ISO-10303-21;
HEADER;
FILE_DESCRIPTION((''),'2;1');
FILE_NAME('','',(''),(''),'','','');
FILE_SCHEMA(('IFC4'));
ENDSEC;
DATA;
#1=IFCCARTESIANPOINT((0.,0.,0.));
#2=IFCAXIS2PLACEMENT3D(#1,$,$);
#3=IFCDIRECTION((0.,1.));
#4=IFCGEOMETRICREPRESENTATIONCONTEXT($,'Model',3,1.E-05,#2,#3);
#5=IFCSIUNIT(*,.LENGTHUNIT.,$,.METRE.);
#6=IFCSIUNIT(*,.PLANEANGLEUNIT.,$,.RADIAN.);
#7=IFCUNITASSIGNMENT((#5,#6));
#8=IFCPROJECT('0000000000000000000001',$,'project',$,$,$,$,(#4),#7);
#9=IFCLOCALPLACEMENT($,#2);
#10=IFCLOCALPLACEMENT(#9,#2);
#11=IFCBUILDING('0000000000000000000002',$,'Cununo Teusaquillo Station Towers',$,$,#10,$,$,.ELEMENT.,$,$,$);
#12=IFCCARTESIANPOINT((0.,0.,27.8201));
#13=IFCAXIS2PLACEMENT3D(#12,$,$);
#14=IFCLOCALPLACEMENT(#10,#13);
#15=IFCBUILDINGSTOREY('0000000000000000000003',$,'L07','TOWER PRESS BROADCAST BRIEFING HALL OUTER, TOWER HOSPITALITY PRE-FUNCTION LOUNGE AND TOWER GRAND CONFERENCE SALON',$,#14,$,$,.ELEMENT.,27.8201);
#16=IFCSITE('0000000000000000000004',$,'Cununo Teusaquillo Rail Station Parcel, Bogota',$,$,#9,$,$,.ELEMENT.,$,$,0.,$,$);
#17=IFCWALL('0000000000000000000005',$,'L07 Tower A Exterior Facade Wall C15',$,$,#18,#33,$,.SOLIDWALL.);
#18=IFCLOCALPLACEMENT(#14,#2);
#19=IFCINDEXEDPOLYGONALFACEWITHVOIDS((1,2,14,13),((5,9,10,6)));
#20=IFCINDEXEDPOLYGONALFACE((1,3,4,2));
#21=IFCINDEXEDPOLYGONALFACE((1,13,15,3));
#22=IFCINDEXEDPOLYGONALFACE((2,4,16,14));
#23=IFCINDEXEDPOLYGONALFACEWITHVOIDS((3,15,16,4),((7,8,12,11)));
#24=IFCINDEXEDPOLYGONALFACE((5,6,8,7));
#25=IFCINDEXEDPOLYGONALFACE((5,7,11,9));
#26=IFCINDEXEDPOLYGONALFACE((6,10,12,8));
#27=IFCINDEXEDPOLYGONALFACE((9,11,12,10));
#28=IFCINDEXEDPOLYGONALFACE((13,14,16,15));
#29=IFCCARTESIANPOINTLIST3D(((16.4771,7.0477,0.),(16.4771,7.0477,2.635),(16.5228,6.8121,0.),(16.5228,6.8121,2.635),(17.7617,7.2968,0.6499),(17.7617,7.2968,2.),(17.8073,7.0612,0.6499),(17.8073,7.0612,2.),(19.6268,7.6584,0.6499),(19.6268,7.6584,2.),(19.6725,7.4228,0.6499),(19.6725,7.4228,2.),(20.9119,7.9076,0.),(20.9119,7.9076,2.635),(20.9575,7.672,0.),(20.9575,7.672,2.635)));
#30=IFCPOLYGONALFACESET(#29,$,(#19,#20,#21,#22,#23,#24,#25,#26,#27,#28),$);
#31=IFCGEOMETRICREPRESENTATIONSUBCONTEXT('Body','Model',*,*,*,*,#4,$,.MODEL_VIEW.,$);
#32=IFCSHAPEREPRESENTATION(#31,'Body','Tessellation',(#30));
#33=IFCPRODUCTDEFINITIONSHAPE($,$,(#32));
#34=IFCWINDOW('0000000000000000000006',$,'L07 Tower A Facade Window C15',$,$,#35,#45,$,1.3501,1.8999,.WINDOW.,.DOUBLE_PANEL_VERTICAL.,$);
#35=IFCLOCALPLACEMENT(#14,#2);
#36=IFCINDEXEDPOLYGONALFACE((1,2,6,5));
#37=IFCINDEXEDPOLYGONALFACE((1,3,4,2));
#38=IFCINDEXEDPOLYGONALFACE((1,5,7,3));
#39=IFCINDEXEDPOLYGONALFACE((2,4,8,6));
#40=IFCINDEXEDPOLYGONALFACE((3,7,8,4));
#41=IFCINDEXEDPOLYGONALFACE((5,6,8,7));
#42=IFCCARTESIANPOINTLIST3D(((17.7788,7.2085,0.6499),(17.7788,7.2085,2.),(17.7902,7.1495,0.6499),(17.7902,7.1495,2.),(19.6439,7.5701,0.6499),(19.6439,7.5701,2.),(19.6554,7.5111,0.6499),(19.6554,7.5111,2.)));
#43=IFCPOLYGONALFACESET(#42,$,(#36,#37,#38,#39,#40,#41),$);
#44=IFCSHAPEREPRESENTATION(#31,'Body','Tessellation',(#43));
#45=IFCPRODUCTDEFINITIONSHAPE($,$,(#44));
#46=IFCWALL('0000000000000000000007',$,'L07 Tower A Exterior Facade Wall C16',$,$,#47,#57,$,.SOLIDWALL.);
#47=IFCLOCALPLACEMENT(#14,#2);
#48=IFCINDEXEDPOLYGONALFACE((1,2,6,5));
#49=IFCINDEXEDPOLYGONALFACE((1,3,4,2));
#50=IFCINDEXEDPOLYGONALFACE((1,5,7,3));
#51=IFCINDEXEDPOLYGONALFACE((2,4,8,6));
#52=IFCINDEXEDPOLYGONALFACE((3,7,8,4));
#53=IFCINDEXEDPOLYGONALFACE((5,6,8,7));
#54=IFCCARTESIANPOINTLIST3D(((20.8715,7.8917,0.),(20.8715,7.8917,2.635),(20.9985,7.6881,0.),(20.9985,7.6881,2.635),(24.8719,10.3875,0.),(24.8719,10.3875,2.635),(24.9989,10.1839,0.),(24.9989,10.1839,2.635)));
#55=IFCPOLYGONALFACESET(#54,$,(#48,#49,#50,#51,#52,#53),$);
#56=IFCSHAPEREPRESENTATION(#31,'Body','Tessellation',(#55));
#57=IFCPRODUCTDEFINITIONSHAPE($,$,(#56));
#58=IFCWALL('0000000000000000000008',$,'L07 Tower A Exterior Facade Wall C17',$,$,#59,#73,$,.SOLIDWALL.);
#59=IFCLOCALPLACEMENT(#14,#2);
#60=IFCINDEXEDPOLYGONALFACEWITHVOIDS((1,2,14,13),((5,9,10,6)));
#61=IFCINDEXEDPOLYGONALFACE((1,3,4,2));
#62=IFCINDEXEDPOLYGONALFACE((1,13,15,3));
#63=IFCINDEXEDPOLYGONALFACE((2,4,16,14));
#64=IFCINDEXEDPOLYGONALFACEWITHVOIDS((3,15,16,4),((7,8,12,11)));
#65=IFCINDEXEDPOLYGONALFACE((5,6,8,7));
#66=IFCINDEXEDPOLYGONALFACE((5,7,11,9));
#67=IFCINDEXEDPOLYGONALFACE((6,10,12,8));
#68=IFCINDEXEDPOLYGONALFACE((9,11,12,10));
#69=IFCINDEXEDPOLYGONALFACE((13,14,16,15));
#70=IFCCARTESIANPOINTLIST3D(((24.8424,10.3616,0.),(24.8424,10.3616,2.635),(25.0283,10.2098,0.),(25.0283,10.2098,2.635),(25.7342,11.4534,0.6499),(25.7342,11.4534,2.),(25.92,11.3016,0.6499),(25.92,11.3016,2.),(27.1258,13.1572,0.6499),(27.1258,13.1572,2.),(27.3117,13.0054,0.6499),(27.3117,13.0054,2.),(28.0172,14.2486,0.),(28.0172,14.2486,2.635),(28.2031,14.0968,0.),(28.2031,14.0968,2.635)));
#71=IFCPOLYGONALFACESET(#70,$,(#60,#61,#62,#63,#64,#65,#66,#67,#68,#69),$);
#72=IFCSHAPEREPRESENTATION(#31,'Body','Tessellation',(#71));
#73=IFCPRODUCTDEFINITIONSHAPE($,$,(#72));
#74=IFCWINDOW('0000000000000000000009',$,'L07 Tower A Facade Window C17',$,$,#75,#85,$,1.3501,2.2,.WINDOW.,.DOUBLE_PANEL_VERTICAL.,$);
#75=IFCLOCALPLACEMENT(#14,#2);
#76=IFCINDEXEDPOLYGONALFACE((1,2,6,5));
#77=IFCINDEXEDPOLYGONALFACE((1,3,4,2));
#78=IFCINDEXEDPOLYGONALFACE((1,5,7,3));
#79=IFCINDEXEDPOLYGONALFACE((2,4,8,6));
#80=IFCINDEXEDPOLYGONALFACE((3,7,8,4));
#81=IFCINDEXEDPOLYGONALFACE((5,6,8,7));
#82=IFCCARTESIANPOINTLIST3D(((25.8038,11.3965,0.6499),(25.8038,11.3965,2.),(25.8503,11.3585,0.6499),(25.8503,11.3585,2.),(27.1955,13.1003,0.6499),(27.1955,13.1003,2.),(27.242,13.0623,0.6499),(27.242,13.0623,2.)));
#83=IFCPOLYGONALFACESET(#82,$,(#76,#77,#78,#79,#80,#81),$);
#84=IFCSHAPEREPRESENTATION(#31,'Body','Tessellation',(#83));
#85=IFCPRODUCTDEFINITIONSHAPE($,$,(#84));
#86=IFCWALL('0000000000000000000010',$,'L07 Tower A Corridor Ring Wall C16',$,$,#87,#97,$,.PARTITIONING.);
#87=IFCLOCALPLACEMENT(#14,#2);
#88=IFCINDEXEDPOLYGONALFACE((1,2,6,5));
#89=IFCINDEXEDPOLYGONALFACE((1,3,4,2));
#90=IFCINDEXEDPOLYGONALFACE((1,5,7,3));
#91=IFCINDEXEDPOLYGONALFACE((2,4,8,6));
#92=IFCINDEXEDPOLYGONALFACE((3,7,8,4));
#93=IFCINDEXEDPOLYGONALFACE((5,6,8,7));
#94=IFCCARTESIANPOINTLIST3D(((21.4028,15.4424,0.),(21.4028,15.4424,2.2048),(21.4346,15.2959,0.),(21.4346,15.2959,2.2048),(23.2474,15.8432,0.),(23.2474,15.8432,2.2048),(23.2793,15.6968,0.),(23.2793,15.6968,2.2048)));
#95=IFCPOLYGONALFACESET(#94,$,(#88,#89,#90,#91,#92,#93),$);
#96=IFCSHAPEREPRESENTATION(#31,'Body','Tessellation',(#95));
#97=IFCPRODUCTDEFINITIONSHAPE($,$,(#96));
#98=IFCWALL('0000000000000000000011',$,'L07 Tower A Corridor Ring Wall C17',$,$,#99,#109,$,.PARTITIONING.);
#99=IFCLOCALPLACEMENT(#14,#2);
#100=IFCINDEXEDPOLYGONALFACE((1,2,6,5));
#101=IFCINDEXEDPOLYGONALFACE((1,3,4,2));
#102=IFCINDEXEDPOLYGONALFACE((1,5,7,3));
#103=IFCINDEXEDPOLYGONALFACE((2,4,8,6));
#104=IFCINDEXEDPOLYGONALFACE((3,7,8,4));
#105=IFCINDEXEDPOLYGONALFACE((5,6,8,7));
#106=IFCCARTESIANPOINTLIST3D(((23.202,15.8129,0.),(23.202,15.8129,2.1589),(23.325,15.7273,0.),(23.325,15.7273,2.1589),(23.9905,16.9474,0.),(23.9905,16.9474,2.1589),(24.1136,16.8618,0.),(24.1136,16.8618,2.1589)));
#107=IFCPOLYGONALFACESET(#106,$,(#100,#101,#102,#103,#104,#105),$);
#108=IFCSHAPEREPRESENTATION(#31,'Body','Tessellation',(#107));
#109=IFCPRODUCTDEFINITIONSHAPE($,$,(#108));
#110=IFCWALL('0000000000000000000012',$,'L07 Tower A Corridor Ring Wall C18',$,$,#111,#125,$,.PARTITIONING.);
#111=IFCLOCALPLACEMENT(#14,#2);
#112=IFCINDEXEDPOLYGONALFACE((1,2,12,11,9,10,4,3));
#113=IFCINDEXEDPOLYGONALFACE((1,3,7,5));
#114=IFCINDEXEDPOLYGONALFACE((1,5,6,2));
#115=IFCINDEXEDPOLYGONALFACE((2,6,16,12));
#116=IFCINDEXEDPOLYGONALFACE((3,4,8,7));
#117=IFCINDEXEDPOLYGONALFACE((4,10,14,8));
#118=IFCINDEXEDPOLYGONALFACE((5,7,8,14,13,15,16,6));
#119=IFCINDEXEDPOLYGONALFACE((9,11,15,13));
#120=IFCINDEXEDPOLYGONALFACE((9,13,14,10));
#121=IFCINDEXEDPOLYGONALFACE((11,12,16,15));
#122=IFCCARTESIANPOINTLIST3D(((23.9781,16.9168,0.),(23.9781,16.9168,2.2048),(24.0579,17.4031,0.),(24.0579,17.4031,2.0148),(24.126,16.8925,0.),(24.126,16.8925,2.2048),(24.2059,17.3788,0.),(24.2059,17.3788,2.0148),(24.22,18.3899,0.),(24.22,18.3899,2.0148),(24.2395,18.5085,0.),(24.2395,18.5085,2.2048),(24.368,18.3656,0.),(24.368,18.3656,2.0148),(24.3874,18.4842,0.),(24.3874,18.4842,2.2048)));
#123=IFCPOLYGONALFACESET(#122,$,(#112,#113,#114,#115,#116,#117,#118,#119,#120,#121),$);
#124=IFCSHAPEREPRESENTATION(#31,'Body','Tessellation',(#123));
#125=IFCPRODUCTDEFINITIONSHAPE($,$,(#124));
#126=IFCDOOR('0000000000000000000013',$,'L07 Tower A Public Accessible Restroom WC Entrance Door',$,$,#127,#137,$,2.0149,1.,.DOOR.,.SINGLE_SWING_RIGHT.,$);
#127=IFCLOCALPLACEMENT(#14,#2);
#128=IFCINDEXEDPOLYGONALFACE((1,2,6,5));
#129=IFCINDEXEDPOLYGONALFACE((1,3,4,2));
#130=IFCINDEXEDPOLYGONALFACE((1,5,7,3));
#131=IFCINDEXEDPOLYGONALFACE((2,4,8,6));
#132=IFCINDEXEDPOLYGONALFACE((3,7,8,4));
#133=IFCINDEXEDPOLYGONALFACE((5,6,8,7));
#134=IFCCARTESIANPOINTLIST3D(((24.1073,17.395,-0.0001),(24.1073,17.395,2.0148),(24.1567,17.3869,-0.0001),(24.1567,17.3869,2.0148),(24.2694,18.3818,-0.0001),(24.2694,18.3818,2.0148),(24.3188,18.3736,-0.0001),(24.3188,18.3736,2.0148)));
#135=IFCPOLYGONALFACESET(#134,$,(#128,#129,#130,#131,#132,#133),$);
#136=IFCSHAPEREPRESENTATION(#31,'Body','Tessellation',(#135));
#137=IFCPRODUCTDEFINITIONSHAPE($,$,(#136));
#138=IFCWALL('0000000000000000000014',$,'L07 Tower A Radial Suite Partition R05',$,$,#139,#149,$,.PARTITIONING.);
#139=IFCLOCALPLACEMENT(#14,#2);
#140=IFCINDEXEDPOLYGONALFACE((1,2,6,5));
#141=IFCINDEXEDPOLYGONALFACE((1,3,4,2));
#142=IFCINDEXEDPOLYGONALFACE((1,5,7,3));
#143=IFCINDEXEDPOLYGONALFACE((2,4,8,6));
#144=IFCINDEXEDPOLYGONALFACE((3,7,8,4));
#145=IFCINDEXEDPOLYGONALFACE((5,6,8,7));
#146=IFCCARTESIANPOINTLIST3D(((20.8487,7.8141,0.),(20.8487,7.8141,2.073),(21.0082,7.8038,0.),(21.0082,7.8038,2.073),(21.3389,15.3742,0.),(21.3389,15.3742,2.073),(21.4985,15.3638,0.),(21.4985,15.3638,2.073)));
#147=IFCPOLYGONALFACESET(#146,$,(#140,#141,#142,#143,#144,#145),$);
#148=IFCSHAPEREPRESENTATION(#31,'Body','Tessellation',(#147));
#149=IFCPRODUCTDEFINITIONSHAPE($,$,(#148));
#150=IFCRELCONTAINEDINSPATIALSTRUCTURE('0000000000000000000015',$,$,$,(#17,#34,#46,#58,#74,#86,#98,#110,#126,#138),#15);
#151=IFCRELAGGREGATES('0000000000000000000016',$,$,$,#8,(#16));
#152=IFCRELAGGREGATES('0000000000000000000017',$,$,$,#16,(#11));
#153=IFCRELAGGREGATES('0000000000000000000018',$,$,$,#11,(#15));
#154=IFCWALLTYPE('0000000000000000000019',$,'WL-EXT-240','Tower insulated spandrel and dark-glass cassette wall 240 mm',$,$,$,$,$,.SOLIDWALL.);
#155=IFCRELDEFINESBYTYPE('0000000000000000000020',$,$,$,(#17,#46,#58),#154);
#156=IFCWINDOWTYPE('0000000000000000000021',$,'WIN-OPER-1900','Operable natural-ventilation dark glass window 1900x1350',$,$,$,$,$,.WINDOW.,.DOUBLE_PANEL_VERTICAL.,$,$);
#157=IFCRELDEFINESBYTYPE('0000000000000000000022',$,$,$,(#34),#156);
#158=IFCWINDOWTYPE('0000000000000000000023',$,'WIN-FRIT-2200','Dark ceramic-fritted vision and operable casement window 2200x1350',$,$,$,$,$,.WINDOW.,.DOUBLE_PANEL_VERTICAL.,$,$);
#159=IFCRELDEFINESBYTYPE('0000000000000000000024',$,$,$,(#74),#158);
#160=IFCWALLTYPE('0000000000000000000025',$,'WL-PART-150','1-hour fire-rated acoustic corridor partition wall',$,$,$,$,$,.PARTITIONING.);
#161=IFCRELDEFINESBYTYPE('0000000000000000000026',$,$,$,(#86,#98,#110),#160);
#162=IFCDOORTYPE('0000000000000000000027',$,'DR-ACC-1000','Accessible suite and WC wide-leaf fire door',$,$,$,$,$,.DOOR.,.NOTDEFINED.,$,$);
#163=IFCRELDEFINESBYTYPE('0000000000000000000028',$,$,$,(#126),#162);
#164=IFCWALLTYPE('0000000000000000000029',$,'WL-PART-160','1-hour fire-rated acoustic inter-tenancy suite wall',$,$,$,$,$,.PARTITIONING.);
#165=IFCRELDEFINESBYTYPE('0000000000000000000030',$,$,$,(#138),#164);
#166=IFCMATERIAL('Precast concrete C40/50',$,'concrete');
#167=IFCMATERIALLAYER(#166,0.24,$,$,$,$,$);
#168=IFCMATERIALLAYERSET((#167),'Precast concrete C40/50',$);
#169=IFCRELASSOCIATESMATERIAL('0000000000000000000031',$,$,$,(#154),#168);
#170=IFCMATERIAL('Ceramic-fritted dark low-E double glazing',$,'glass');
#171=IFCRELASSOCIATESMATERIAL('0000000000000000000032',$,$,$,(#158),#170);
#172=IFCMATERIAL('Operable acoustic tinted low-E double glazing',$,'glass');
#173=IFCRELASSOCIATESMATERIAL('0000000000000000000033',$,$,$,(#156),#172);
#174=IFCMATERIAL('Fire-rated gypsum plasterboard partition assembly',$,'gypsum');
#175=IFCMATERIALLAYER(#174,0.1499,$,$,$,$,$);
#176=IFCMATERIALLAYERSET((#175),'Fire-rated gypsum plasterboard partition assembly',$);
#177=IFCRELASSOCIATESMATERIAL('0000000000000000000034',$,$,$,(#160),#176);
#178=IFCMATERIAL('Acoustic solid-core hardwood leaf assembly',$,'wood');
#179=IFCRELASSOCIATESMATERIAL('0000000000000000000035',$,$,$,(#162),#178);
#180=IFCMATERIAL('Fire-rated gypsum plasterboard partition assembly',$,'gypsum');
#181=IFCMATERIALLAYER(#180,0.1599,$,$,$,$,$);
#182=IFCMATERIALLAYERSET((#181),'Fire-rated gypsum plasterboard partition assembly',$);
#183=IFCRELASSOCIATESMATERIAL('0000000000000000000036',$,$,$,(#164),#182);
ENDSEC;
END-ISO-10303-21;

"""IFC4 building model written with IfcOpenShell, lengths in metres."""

from ifc_helpers import new_model, si_unit, direction, frame, frame_2d, origin, place, context, subcontext, project, spatial, rectangle, extrude, source, transform, mapped, material, layer, layer_set, type_object, element, fill, save


model = new_model("IFC4")

# Units and contexts
model_context = context("Model", 3, precision=1e-05, world=origin(), true_north=direction((0.0, 1.0)))
body_context = subcontext(model_context, "Body", "Model", "MODEL_VIEW")
ifc_project = project(units=[si_unit("LENGTHUNIT", "METRE"), si_unit("PLANEANGLEUNIT", "RADIAN")], contexts=[model_context])

# Site, building, storey
site_placement = place(None, origin())
site = spatial("IfcSite", under=ifc_project, at=site_placement, Name="Cununo Teusaquillo Rail Station Parcel, Bogota", CompositionType="ELEMENT", RefElevation=0.0)
building_placement = place(site_placement, origin())
building = spatial("IfcBuilding", under=site, at=building_placement, Name="Cununo Teusaquillo Station Towers", CompositionType="ELEMENT")
storey_placement = place(building_placement, frame((0.0, 0.0, 27.8201)))
storey = spatial("IfcBuildingStorey", under=building, at=storey_placement, Name="L07", Description="TOWER PRESS BROADCAST BRIEFING HALL OUTER, TOWER HOSPITALITY PRE-FUNCTION LOUNGE AND TOWER GRAND CONFERENCE SALON", CompositionType="ELEMENT", Elevation=27.8201)

# Wall, opening, window
ifc_material_1 = material(Name="Precast concrete C40/50", Category="concrete")
ifc_layer_1 = layer(ifc_material_1, 0.24)
ifc_layer_set_1 = layer_set([ifc_layer_1], Name="Precast concrete C40/50")
wall_type_1 = type_object("IfcWallType", Name="WL-EXT-240", Description="Tower insulated spandrel and dark-glass cassette wall 240 mm", PredefinedType="SOLIDWALL", material=ifc_layer_set_1)
shared_shape_1 = source(origin(), body_context, "Body", "SweptSolid", [
    extrude(rectangle(XDim=2.2, YDim=1.3501, at=frame_2d((1.1001, 0.675))), frame((0.0, 0.1299, 0.0), z_axis=(0.0, -1.0, 0.0), x_axis=(1.0, 0.0, 0.0)), (0.0, 0.0, 1.0), 0.26),
])
ifc_material_2 = material(Name="Ceramic-fritted dark low-E double glazing", Category="glass")
window_type_1 = type_object("IfcWindowType", Name="WIN-FRIT-2200", Description="Dark ceramic-fritted vision and operable casement window 2200x1350", PartitioningType="DOUBLE_PANEL_VERTICAL", PredefinedType="WINDOW", material=ifc_material_2)
shared_shape_2 = source(origin(), body_context, "Body", "SweptSolid", [
    extrude(rectangle(XDim=2.2, YDim=1.3501, at=frame_2d((1.1001, 0.675))), frame((0.0, 0.03, 0.0), z_axis=(0.0, -1.0, 0.0), x_axis=(1.0, 0.0, 0.0)), (0.0, 0.0, 1.0), 0.0601),
])
wall_1_placement = place(storey_placement, frame((20.9348, 7.7898, 0.0), z_axis=(0.0, 0.0, 1.0), x_axis=(-0.981717, -0.190345, 0.0)))
wall_1 = element("IfcWall", 1, at=wall_1_placement, inside=storey, type_object=wall_type_1, Name="L07 Tower A Exterior Facade Wall C15", PredefinedType="SOLIDWALL", context=body_context, shape_type="SweptSolid", body=[
    extrude(rectangle(XDim=4.5173, YDim=0.24, at=frame_2d((2.2588, 0.0))), origin(), (0.0, 0.0, 1.0), 2.635),
])
shared_shape_3 = source(origin(), body_context, "Body", "SweptSolid", [
    extrude(rectangle(XDim=1.8999, YDim=1.3501, at=frame_2d((0.95, 0.675))), frame((0.0, 0.1299, 0.0), z_axis=(0.0, -1.0, 0.0), x_axis=(1.0, 0.0, 0.0)), (0.0, 0.0, 1.0), 0.26),
])
opening_1_placement = place(wall_1_placement, frame((1.3091, 0.0, 0.6499)))
opening_1 = element("IfcOpeningElement", 2, at=opening_1_placement, cuts=wall_1, PredefinedType="OPENING", context=body_context, shape_type="MappedRepresentation", body=[
    mapped(shared_shape_3, transform((0.0, 0.0, 0.0), x_axis=(1.0, 0.0, 0.0), y_axis=(0.0, 1.0, 0.0), z_axis=(0.0, 0.0, 1.0), scale=1.0)),
])
ifc_material_3 = material(Name="Operable acoustic tinted low-E double glazing", Category="glass")
window_type_2 = type_object("IfcWindowType", Name="WIN-OPER-1900", Description="Operable natural-ventilation dark glass window 1900x1350", PartitioningType="DOUBLE_PANEL_VERTICAL", PredefinedType="WINDOW", material=ifc_material_3)
shared_shape_4 = source(origin(), body_context, "Body", "SweptSolid", [
    extrude(rectangle(XDim=1.8999, YDim=1.3501, at=frame_2d((0.95, 0.675))), frame((0.0, 0.03, 0.0), z_axis=(0.0, -1.0, 0.0), x_axis=(1.0, 0.0, 0.0)), (0.0, 0.0, 1.0), 0.0601),
])
window_1_placement = place(opening_1_placement, origin())
window_1 = element("IfcWindow", 3, at=window_1_placement, inside=storey, type_object=window_type_2, Name="L07 Tower A Facade Window C15", OverallHeight=1.3501, OverallWidth=1.8999, PartitioningType="DOUBLE_PANEL_VERTICAL", PredefinedType="WINDOW", context=body_context, shape_type="MappedRepresentation", body=[
    mapped(shared_shape_4, transform((0.0, 0.0, 0.0), x_axis=(1.0, 0.0, 0.0), y_axis=(0.0, 1.0, 0.0), z_axis=(0.0, 0.0, 1.0), scale=1.0)),
])
fill(opening_1, window_1)

# Wall
wall_2_placement = place(storey_placement, frame((24.9353, 10.2856, 0.0), z_axis=(0.0, 0.0, 1.0), x_axis=(-0.848423, -0.529319, 0.0)))
element("IfcWall", 4, at=wall_2_placement, inside=storey, type_object=wall_type_1, Name="L07 Tower A Exterior Facade Wall C16", PredefinedType="SOLIDWALL", context=body_context, shape_type="SweptSolid", body=[
    extrude(rectangle(XDim=4.7151, YDim=0.24, at=frame_2d((2.3574, 0.0))), origin(), (0.0, 0.0, 1.0), 2.635),
])

# Wall, opening, window
wall_3_placement = place(storey_placement, frame((28.1101, 14.1726, 0.0), z_axis=(0.0, 0.0, 1.0), x_axis=(-0.632589, -0.774488, 0.0)))
wall_3 = element("IfcWall", 5, at=wall_3_placement, inside=storey, type_object=wall_type_1, Name="L07 Tower A Exterior Facade Wall C17", PredefinedType="SOLIDWALL", context=body_context, shape_type="SweptSolid", body=[
    extrude(rectangle(XDim=5.0188, YDim=0.24, at=frame_2d((2.5093, 0.0))), origin(), (0.0, 0.0, 1.0), 2.635),
])
opening_2_placement = place(wall_3_placement, frame((1.4089, 0.0, 0.6499)))
opening_2 = element("IfcOpeningElement", 6, at=opening_2_placement, cuts=wall_3, PredefinedType="OPENING", context=body_context, shape_type="MappedRepresentation", body=[
    mapped(shared_shape_1, transform((0.0, 0.0, 0.0), x_axis=(1.0, 0.0, 0.0), y_axis=(0.0, 1.0, 0.0), z_axis=(0.0, 0.0, 1.0), scale=1.0)),
])
window_2_placement = place(opening_2_placement, origin())
window_2 = element("IfcWindow", 7, at=window_2_placement, inside=storey, type_object=window_type_1, Name="L07 Tower A Facade Window C17", OverallHeight=1.3501, OverallWidth=2.2, PartitioningType="DOUBLE_PANEL_VERTICAL", PredefinedType="WINDOW", context=body_context, shape_type="MappedRepresentation", body=[
    mapped(shared_shape_2, transform((0.0, 0.0, 0.0), x_axis=(1.0, 0.0, 0.0), y_axis=(0.0, 1.0, 0.0), z_axis=(0.0, 0.0, 1.0), scale=1.0)),
])
fill(opening_2, window_2)

# Walls
ifc_material_4 = material(Name="Fire-rated gypsum plasterboard partition assembly", Category="gypsum")
ifc_layer_2 = layer(ifc_material_4, 0.1499)
ifc_layer_set_2 = layer_set([ifc_layer_2], Name="Fire-rated gypsum plasterboard partition assembly")
wall_type_2 = type_object("IfcWallType", Name="WL-PART-150", Description="1-hour fire-rated acoustic corridor partition wall", PredefinedType="PARTITIONING", material=ifc_layer_set_2)
wall_4_placement = place(storey_placement, frame((21.4187, 15.3691, 0.0), z_axis=(0.0, 0.0, 1.0), x_axis=(0.977193, 0.212354, 0.0)))
element("IfcWall", 8, at=wall_4_placement, inside=storey, type_object=wall_type_2, Name="L07 Tower A Corridor Ring Wall C16", PredefinedType="PARTITIONING", context=body_context, shape_type="SweptSolid", body=[
    extrude(rectangle(XDim=1.8877, YDim=0.1499, at=frame_2d((0.9438, 0.0))), origin(), (0.0, 0.0, 1.0), 2.2048),
])
wall_5_placement = place(storey_placement, frame((23.2634, 15.77, 0.0), z_axis=(0.0, 0.0, 1.0), x_axis=(0.570743, 0.821128, 0.0)))
element("IfcWall", 9, at=wall_5_placement, inside=storey, type_object=wall_type_2, Name="L07 Tower A Corridor Ring Wall C17", PredefinedType="PARTITIONING", context=body_context, shape_type="SweptSolid", body=[
    extrude(rectangle(XDim=1.3816, YDim=0.1499, at=frame_2d((0.6909, 0.0))), origin(), (0.0, 0.0, 1.0), 2.1589),
])

# Wall, opening, door
wall_6_placement = place(storey_placement, frame((24.052, 16.9045, 0.0), z_axis=(0.0, 0.0, 1.0), x_axis=(0.162092, 0.986776, 0.0)))
wall_6 = element("IfcWall", 10, at=wall_6_placement, inside=storey, type_object=wall_type_2, Name="L07 Tower A Corridor Ring Wall C18", PredefinedType="PARTITIONING", context=body_context, shape_type="SweptSolid", body=[
    extrude(rectangle(XDim=1.613, YDim=0.1499, at=frame_2d((0.8066, 0.0))), origin(), (0.0, 0.0, 1.0), 2.2048),
])
shared_shape_5 = source(origin(), body_context, "Body", "SweptSolid", [
    extrude(rectangle(XDim=1.0, YDim=2.0149, at=frame_2d((0.5, 1.0073))), frame((0.0, 0.085, 0.0), z_axis=(0.0, -1.0, 0.0), x_axis=(1.0, 0.0, 0.0)), (0.0, 0.0, 1.0), 0.1699),
])
opening_3_placement = place(wall_6_placement, frame((0.4929, 0.0, 0.0)))
opening_3 = element("IfcOpeningElement", 11, at=opening_3_placement, cuts=wall_6, PredefinedType="OPENING", context=body_context, shape_type="MappedRepresentation", body=[
    mapped(shared_shape_5, transform((0.0, 0.0, 0.0), x_axis=(1.0, 0.0, 0.0), y_axis=(0.0, 1.0, 0.0), z_axis=(0.0, 0.0, 1.0), scale=1.0)),
])
ifc_material_5 = material(Name="Acoustic solid-core hardwood leaf assembly", Category="wood")
door_type_1 = type_object("IfcDoorType", Name="DR-ACC-1000", Description="Accessible suite and WC wide-leaf fire door", OperationType="NOTDEFINED", PredefinedType="DOOR", material=ifc_material_5)
shared_shape_6 = source(origin(), body_context, "Body", "SweptSolid", [
    extrude(rectangle(XDim=1.0, YDim=2.0149, at=frame_2d((0.5, 1.0073))), frame((0.0, 0.0249, 0.0), z_axis=(0.0, -1.0, 0.0), x_axis=(1.0, 0.0, 0.0)), (0.0, 0.0, 1.0), 0.05),
])
door_1_placement = place(opening_3_placement, origin())
door_1 = element("IfcDoor", 12, at=door_1_placement, inside=storey, type_object=door_type_1, Name="L07 Tower A Public Accessible Restroom WC Entrance Door", OperationType="SINGLE_SWING_RIGHT", OverallHeight=2.0149, OverallWidth=1.0, PredefinedType="DOOR", context=body_context, shape_type="MappedRepresentation", body=[
    mapped(shared_shape_6, transform((0.0, 0.0, 0.0), x_axis=(1.0, 0.0, 0.0), y_axis=(0.0, 1.0, 0.0), z_axis=(0.0, 0.0, 1.0), scale=1.0)),
])
fill(opening_3, door_1)

# Wall
ifc_material_6 = material(Name="Fire-rated gypsum plasterboard partition assembly", Category="gypsum")
ifc_layer_3 = layer(ifc_material_6, 0.1599)
ifc_layer_set_3 = layer_set([ifc_layer_3], Name="Fire-rated gypsum plasterboard partition assembly")
wall_type_3 = type_object("IfcWallType", Name="WL-PART-160", Description="1-hour fire-rated acoustic inter-tenancy suite wall", PredefinedType="PARTITIONING", material=ifc_layer_set_3)
wall_7_placement = place(storey_placement, frame((21.4187, 15.3691, 0.0), z_axis=(0.0, 0.0, 1.0), x_axis=(-0.064709, -0.997904, 0.0)))
element("IfcWall", 13, at=wall_7_placement, inside=storey, type_object=wall_type_3, Name="L07 Tower A Radial Suite Partition R05", PredefinedType="PARTITIONING", context=body_context, shape_type="SweptSolid", body=[
    extrude(rectangle(XDim=7.5759, YDim=0.1599, at=frame_2d((3.7881, 0.0))), origin(), (0.0, 0.0, 1.0), 2.073),
])

save(model, "model.ifc")
